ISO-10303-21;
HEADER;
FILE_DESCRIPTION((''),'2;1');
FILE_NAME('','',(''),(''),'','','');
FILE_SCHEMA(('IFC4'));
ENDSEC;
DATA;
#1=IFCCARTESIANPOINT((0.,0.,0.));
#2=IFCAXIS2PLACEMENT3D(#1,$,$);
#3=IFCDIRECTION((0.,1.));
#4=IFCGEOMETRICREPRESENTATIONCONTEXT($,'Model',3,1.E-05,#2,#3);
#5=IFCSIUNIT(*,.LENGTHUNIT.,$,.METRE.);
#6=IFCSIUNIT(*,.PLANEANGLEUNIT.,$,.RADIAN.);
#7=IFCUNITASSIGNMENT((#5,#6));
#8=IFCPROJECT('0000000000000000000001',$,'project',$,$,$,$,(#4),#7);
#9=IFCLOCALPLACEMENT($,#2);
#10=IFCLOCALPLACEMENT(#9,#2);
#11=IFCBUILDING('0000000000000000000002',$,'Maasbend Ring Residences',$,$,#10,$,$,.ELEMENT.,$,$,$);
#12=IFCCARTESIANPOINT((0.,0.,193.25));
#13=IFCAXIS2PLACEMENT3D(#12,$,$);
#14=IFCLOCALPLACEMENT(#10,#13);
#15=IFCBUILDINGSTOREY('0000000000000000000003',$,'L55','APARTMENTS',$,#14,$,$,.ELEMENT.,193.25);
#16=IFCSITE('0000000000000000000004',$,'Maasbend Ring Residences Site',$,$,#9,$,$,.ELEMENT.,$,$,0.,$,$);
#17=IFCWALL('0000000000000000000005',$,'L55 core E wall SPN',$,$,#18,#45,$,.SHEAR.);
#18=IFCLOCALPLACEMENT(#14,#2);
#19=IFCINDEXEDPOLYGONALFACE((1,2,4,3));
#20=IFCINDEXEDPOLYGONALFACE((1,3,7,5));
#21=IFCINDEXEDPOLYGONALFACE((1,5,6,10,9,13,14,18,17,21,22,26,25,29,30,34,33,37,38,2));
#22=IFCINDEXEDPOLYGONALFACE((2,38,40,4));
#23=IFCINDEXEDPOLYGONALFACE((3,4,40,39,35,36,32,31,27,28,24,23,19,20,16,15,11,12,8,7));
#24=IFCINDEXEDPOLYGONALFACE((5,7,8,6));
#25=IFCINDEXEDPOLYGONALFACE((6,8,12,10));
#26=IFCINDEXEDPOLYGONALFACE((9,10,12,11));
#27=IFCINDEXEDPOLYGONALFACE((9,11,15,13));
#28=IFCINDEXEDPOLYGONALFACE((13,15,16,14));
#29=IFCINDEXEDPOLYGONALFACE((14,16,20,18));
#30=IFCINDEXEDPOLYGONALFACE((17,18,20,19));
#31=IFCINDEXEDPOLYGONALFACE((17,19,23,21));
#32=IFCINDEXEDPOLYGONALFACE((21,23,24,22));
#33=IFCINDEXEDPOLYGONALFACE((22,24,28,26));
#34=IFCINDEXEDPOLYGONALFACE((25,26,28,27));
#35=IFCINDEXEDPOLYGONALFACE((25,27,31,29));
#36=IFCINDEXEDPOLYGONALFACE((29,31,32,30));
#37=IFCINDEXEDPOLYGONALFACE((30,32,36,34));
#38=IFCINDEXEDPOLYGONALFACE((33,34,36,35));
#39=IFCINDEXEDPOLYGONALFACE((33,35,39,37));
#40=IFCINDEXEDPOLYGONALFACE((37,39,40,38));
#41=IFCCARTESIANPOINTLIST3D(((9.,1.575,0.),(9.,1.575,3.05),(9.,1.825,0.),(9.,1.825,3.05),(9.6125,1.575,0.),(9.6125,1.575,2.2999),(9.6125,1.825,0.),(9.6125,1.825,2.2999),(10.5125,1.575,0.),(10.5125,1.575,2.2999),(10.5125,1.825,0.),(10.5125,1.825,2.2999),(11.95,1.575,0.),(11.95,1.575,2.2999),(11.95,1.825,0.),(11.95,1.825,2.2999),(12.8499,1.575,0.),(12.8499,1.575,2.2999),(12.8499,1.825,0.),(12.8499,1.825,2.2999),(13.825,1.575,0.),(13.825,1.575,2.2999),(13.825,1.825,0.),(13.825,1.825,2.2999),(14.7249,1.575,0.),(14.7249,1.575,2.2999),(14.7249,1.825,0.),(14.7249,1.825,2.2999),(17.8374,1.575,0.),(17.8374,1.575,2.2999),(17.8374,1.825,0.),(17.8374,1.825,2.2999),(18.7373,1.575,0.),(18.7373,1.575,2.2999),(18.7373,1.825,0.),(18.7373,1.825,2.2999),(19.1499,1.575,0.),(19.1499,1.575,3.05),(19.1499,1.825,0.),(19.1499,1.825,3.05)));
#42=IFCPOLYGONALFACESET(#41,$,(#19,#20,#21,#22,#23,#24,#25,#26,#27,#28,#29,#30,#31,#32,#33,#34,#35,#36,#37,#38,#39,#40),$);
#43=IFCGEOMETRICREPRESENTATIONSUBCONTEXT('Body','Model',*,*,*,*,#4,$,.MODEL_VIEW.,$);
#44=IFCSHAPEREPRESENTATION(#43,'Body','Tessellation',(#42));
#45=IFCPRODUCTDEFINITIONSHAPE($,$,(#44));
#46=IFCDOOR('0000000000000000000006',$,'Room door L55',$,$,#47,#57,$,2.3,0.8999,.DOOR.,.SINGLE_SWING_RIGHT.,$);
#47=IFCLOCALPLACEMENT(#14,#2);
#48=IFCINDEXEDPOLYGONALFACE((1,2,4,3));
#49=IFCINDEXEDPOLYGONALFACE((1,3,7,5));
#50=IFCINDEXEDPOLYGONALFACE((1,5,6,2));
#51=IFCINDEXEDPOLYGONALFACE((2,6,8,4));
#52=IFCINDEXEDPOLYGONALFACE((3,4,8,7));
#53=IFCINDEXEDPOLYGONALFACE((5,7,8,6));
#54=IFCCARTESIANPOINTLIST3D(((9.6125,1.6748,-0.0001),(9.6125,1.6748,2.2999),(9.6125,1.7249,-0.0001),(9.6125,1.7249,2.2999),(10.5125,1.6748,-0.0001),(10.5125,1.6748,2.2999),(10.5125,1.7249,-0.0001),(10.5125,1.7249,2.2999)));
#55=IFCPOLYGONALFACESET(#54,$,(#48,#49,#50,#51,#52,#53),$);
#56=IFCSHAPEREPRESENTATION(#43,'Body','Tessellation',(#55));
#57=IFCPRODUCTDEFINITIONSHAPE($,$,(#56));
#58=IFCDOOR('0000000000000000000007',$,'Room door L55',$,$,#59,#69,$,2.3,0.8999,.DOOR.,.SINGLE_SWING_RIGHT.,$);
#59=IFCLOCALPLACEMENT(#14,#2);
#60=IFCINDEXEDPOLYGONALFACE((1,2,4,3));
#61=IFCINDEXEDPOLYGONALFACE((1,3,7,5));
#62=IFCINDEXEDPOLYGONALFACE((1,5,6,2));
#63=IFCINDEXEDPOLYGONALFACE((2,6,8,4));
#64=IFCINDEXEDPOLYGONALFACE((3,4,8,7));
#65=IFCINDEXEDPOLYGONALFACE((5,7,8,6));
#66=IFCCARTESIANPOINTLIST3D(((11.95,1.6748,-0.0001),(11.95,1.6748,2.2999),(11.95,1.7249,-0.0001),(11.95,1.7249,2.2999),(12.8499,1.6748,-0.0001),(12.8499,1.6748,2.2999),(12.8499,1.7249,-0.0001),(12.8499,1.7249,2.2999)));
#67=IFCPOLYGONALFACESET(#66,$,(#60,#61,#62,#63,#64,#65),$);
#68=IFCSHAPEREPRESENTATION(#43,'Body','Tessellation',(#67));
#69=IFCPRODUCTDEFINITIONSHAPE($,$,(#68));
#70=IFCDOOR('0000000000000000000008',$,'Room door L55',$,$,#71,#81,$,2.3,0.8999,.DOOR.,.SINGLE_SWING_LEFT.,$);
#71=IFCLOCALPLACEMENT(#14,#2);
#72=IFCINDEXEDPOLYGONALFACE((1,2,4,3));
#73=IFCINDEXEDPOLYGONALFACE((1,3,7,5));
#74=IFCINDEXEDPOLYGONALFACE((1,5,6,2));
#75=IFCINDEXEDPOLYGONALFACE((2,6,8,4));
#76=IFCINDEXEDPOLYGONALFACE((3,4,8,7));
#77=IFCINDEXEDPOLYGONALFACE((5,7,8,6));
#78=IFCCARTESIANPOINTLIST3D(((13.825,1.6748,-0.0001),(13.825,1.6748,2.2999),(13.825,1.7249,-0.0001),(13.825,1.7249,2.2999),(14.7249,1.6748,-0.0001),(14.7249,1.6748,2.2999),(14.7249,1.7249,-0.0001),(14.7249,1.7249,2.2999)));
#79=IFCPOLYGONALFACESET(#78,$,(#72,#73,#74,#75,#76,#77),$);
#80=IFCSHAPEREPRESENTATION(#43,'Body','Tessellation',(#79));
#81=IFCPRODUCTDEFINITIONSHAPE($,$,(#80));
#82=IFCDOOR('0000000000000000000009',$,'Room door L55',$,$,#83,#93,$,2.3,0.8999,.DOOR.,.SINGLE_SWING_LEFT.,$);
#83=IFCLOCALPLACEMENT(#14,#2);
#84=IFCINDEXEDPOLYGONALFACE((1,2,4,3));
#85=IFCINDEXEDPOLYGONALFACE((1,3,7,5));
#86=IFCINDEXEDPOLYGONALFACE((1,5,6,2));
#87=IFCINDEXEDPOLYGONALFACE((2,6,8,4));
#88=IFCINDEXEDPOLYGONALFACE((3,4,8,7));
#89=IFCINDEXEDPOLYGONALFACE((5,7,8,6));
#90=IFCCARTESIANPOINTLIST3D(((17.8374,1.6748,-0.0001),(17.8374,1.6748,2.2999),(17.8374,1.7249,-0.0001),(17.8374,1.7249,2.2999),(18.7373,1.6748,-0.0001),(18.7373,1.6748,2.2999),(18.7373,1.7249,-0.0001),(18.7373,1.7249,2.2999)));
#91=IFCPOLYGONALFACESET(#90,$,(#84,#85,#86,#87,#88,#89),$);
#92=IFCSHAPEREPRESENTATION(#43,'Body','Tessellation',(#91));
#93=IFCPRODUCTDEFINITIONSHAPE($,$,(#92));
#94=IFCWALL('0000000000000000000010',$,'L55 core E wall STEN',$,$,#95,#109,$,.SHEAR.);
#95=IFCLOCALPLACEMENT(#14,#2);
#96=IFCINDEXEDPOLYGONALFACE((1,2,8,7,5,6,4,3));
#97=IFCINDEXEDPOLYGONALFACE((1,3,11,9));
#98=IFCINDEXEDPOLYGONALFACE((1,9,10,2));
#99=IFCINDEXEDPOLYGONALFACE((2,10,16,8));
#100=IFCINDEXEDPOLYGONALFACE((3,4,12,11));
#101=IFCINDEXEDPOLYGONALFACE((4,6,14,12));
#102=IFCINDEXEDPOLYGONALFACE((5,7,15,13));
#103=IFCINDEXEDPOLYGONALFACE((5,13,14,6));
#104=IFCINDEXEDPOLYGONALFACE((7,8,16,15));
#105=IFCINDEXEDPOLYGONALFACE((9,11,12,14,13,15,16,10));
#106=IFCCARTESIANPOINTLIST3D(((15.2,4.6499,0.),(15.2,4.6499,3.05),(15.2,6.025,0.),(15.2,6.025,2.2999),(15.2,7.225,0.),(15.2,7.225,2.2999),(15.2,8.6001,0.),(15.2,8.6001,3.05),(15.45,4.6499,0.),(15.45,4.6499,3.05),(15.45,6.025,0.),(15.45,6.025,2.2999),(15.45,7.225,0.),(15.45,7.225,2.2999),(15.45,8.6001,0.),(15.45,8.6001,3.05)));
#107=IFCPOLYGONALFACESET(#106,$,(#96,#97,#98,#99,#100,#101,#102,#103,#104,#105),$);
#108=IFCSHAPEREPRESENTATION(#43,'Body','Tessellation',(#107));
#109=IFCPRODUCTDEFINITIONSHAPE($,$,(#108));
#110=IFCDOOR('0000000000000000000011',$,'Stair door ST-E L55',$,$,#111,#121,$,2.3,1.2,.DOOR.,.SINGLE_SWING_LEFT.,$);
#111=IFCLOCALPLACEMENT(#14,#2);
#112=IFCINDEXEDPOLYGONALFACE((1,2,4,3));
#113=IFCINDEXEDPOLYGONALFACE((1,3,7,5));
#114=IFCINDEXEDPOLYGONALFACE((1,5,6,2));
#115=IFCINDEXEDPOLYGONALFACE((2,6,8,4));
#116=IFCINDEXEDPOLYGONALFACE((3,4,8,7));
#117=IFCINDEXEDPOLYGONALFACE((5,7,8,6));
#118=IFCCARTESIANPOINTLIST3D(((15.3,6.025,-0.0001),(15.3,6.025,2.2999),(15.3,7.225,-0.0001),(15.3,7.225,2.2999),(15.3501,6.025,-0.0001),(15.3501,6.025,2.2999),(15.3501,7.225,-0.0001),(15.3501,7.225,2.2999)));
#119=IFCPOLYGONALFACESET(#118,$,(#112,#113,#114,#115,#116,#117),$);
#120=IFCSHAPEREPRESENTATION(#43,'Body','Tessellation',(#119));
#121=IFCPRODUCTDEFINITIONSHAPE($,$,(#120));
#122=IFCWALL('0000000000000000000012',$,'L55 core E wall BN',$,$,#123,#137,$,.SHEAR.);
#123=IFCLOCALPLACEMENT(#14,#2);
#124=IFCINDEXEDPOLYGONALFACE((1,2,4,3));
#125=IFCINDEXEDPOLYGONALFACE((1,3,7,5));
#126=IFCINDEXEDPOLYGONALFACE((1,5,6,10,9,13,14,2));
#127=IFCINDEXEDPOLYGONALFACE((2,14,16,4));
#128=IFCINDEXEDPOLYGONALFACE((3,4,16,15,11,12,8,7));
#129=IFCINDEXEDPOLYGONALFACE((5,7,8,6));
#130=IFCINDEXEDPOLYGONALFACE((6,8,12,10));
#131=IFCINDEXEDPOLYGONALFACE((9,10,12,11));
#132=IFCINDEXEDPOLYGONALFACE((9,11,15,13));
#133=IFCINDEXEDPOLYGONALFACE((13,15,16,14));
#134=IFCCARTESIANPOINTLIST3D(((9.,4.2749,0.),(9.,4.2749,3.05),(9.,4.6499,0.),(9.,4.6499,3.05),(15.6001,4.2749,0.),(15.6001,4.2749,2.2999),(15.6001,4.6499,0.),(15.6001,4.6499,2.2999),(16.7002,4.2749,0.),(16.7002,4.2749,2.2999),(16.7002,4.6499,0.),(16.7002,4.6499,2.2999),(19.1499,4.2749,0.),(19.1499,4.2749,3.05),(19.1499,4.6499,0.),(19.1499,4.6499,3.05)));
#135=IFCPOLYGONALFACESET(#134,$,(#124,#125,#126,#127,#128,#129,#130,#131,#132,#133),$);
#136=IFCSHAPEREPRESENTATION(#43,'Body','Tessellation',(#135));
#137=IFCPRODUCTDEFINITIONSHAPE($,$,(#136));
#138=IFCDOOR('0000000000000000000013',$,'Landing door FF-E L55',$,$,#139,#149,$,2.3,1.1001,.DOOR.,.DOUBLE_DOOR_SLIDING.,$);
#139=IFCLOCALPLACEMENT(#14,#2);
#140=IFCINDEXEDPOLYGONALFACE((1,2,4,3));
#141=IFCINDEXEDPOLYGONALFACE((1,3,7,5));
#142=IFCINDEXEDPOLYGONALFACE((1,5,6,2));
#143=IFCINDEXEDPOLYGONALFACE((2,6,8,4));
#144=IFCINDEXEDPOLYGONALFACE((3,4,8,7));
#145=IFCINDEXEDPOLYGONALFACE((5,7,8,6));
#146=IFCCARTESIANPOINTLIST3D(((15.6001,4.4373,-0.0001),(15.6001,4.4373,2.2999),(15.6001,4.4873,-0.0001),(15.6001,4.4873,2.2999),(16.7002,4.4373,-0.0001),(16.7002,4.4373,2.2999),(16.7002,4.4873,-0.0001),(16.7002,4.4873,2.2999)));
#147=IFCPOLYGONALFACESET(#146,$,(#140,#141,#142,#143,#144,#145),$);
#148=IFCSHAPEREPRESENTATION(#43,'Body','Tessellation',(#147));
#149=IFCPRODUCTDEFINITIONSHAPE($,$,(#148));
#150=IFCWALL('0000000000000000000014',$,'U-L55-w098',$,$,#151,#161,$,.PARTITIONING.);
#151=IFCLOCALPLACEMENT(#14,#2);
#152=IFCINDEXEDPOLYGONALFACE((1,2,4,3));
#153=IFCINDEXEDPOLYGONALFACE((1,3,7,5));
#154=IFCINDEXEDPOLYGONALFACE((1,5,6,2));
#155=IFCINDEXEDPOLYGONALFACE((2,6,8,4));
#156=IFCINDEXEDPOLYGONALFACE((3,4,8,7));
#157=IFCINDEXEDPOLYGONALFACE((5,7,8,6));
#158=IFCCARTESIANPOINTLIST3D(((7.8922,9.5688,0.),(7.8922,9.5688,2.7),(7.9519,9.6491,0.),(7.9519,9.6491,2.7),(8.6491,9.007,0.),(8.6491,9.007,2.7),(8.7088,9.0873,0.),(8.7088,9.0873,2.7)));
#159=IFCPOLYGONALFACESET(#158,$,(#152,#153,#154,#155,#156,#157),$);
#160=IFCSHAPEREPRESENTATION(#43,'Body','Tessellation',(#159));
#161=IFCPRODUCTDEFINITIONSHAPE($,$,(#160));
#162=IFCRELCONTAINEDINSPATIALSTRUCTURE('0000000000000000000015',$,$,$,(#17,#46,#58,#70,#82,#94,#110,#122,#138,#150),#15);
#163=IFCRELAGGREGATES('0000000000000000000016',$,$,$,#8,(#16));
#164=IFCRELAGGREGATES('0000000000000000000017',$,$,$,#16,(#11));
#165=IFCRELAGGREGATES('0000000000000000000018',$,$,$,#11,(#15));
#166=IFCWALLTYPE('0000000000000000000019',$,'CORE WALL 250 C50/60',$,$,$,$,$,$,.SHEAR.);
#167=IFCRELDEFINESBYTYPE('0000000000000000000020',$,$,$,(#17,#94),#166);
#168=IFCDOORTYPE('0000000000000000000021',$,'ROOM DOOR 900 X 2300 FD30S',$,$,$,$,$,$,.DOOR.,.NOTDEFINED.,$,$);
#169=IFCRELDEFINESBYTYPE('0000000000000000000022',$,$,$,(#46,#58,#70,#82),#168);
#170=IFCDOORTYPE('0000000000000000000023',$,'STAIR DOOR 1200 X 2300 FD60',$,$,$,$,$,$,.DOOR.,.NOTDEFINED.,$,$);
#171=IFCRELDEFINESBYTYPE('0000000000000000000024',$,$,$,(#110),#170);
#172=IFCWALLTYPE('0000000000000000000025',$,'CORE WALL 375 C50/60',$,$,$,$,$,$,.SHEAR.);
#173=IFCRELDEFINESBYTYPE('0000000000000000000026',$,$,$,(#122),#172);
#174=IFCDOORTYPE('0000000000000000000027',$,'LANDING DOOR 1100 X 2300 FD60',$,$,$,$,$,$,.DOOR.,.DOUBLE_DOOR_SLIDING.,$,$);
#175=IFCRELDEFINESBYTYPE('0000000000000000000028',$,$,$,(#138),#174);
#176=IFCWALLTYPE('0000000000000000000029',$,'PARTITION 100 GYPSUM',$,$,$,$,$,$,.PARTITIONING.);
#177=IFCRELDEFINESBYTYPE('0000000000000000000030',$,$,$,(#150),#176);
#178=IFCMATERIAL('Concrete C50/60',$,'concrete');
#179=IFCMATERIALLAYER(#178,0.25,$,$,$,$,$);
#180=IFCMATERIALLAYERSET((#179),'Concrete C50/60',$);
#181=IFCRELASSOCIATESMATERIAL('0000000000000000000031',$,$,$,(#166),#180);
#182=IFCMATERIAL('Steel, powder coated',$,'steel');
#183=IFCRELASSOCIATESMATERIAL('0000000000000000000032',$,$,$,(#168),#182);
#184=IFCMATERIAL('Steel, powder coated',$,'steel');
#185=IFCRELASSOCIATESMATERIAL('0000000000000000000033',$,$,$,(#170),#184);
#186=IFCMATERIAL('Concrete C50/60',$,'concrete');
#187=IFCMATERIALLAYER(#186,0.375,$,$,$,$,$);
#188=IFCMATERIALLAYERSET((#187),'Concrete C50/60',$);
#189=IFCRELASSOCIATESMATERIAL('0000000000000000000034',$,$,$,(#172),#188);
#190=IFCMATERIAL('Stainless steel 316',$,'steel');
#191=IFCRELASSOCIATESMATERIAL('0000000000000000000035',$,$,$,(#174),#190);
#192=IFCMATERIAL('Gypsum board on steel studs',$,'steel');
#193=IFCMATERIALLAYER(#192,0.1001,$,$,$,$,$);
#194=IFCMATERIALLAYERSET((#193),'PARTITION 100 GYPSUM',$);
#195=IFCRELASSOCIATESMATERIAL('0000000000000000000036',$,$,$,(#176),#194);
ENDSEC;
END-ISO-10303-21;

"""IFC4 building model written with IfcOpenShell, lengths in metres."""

from ifc_helpers import new_model, si_unit, direction, frame, frame_2d, origin, place, context, subcontext, project, spatial, rectangle, extrude, material, layer, layer_set, type_object, element, fill, save


model = new_model("IFC4")

# Units and contexts
model_context = context("Model", 3, precision=1e-05, world=origin(), true_north=direction((0.0, 1.0)))
body_context = subcontext(model_context, "Body", "Model", "MODEL_VIEW")
ifc_project = project(units=[si_unit("LENGTHUNIT", "METRE"), si_unit("PLANEANGLEUNIT", "RADIAN")], contexts=[model_context])

# Site, building, storey
site_placement = place(None, origin())
site = spatial("IfcSite", under=ifc_project, at=site_placement, Name="Maasbend Ring Residences Site", CompositionType="ELEMENT", RefElevation=0.0)
building_placement = place(site_placement, origin())
building = spatial("IfcBuilding", under=site, at=building_placement, Name="Maasbend Ring Residences", CompositionType="ELEMENT")
storey_placement = place(building_placement, frame((0.0, 0.0, 193.25)))
storey = spatial("IfcBuildingStorey", under=building, at=storey_placement, Name="L55", Description="APARTMENTS", CompositionType="ELEMENT", Elevation=193.25)

# Wall, openings, doors
ifc_material_1 = material(Name="Concrete C50/60", Category="concrete")
ifc_layer_1 = layer(ifc_material_1, 0.25)
ifc_layer_set_1 = layer_set([ifc_layer_1], Name="Concrete C50/60")
wall_type_1 = type_object("IfcWallType", Name="CORE WALL 250 C50/60", PredefinedType="SHEAR", material=ifc_layer_set_1)
wall_1_placement = place(storey_placement, frame((9.0, 1.7, 0.0), z_axis=(0.0, 0.0, 1.0), x_axis=(1.0, 0.0, 0.0)))
wall_1 = element("IfcWall", 1, at=wall_1_placement, inside=storey, type_object=wall_type_1, Name="L55 core E wall SPN", PredefinedType="SHEAR", context=body_context, shape_type="SweptSolid", body=[
    extrude(rectangle(XDim=10.1499, YDim=0.25, at=frame_2d((5.075, 0.0))), origin(), (0.0, 0.0, 1.0), 3.05),
])
opening_1_placement = place(wall_1_placement, frame((0.6125, 0.0, 0.0)))
opening_1 = element("IfcOpeningElement", 2, at=opening_1_placement, cuts=wall_1, PredefinedType="OPENING", context=body_context, shape_type="SweptSolid", body=[
    extrude(rectangle(XDim=0.8999, YDim=2.3, at=frame_2d((0.45, 1.1499))), frame((0.0, 0.135, 0.0), z_axis=(0.0, -1.0, 0.0), x_axis=(1.0, 0.0, 0.0)), (0.0, 0.0, 1.0), 0.27),
])
opening_2_placement = place(wall_1_placement, frame((2.95, 0.0, 0.0)))
opening_2 = element("IfcOpeningElement", 3, at=opening_2_placement, cuts=wall_1, PredefinedType="OPENING", context=body_context, shape_type="SweptSolid", body=[
    extrude(rectangle(XDim=0.8999, YDim=2.3, at=frame_2d((0.45, 1.1499))), frame((0.0, 0.135, 0.0), z_axis=(0.0, -1.0, 0.0), x_axis=(1.0, 0.0, 0.0)), (0.0, 0.0, 1.0), 0.27),
])
opening_3_placement = place(wall_1_placement, frame((4.825, 0.0, 0.0)))
opening_3 = element("IfcOpeningElement", 4, at=opening_3_placement, cuts=wall_1, PredefinedType="OPENING", context=body_context, shape_type="SweptSolid", body=[
    extrude(rectangle(XDim=0.8999, YDim=2.3, at=frame_2d((0.45, 1.1499))), frame((0.0, 0.135, 0.0), z_axis=(0.0, -1.0, 0.0), x_axis=(1.0, 0.0, 0.0)), (0.0, 0.0, 1.0), 0.27),
])
opening_4_placement = place(wall_1_placement, frame((8.8374, 0.0, 0.0)))
opening_4 = element("IfcOpeningElement", 5, at=opening_4_placement, cuts=wall_1, PredefinedType="OPENING", context=body_context, shape_type="SweptSolid", body=[
    extrude(rectangle(XDim=0.8999, YDim=2.3, at=frame_2d((0.45, 1.1499))), frame((0.0, 0.135, 0.0), z_axis=(0.0, -1.0, 0.0), x_axis=(1.0, 0.0, 0.0)), (0.0, 0.0, 1.0), 0.27),
])
ifc_material_2 = material(Name="Steel, powder coated", Category="steel")
door_type_1 = type_object("IfcDoorType", Name="ROOM DOOR 900 X 2300 FD30S", OperationType="NOTDEFINED", PredefinedType="DOOR", material=ifc_material_2)
door_1_placement = place(opening_1_placement, origin())
door_1 = element("IfcDoor", 6, at=door_1_placement, inside=storey, type_object=door_type_1, Name="Room door L55", OperationType="SINGLE_SWING_RIGHT", OverallHeight=2.3, OverallWidth=0.8999, PredefinedType="DOOR", context=body_context, shape_type="SweptSolid", body=[
    extrude(rectangle(XDim=0.8999, YDim=2.3, at=frame_2d((0.45, 1.1499))), frame((0.0, 0.0249, 0.0), z_axis=(0.0, -1.0, 0.0), x_axis=(1.0, 0.0, 0.0)), (0.0, 0.0, 1.0), 0.05),
])
fill(opening_1, door_1)
door_2_placement = place(opening_2_placement, origin())
door_2 = element("IfcDoor", 7, at=door_2_placement, inside=storey, type_object=door_type_1, Name="Room door L55", OperationType="SINGLE_SWING_RIGHT", OverallHeight=2.3, OverallWidth=0.8999, PredefinedType="DOOR", context=body_context, shape_type="SweptSolid", body=[
    extrude(rectangle(XDim=0.8999, YDim=2.3, at=frame_2d((0.45, 1.1499))), frame((0.0, 0.0249, 0.0), z_axis=(0.0, -1.0, 0.0), x_axis=(1.0, 0.0, 0.0)), (0.0, 0.0, 1.0), 0.05),
])
fill(opening_2, door_2)
door_3_placement = place(opening_3_placement, origin())
door_3 = element("IfcDoor", 8, at=door_3_placement, inside=storey, type_object=door_type_1, Name="Room door L55", OperationType="SINGLE_SWING_LEFT", OverallHeight=2.3, OverallWidth=0.8999, PredefinedType="DOOR", context=body_context, shape_type="SweptSolid", body=[
    extrude(rectangle(XDim=0.8999, YDim=2.3, at=frame_2d((0.45, 1.1499))), frame((0.0, 0.0249, 0.0), z_axis=(0.0, -1.0, 0.0), x_axis=(1.0, 0.0, 0.0)), (0.0, 0.0, 1.0), 0.05),
])
fill(opening_3, door_3)
door_4_placement = place(opening_4_placement, origin())
door_4 = element("IfcDoor", 9, at=door_4_placement, inside=storey, type_object=door_type_1, Name="Room door L55", OperationType="SINGLE_SWING_LEFT", OverallHeight=2.3, OverallWidth=0.8999, PredefinedType="DOOR", context=body_context, shape_type="SweptSolid", body=[
    extrude(rectangle(XDim=0.8999, YDim=2.3, at=frame_2d((0.45, 1.1499))), frame((0.0, 0.0249, 0.0), z_axis=(0.0, -1.0, 0.0), x_axis=(1.0, 0.0, 0.0)), (0.0, 0.0, 1.0), 0.05),
])
fill(opening_4, door_4)

# Walls, openings, doors
wall_2_placement = place(storey_placement, frame((15.325, 4.6499, 0.0), z_axis=(0.0, 0.0, 1.0), x_axis=(0.0, 1.0, 0.0)))
wall_2 = element("IfcWall", 10, at=wall_2_placement, inside=storey, type_object=wall_type_1, Name="L55 core E wall STEN", PredefinedType="SHEAR", context=body_context, shape_type="SweptSolid", body=[
    extrude(rectangle(XDim=3.9502, YDim=0.25, at=frame_2d((1.9751, 0.0))), origin(), (0.0, 0.0, 1.0), 3.05),
])
opening_5_placement = place(wall_2_placement, frame((1.375, 0.0, 0.0)))
opening_5 = element("IfcOpeningElement", 11, at=opening_5_placement, cuts=wall_2, PredefinedType="OPENING", context=body_context, shape_type="SweptSolid", body=[
    extrude(rectangle(XDim=1.2, YDim=2.3, at=frame_2d((0.6001, 1.1499))), frame((0.0, 0.135, 0.0), z_axis=(0.0, -1.0, 0.0), x_axis=(1.0, 0.0, 0.0)), (0.0, 0.0, 1.0), 0.27),
])
ifc_material_3 = material(Name="Steel, powder coated", Category="steel")
door_type_2 = type_object("IfcDoorType", Name="STAIR DOOR 1200 X 2300 FD60", OperationType="NOTDEFINED", PredefinedType="DOOR", material=ifc_material_3)
door_5_placement = place(opening_5_placement, origin())
door_5 = element("IfcDoor", 12, at=door_5_placement, inside=storey, type_object=door_type_2, Name="Stair door ST-E L55", OperationType="SINGLE_SWING_LEFT", OverallHeight=2.3, OverallWidth=1.2, PredefinedType="DOOR", context=body_context, shape_type="SweptSolid", body=[
    extrude(rectangle(XDim=1.2, YDim=2.3, at=frame_2d((0.6001, 1.1499))), frame((0.0, 0.0249, 0.0), z_axis=(0.0, -1.0, 0.0), x_axis=(1.0, 0.0, 0.0)), (0.0, 0.0, 1.0), 0.05),
])
fill(opening_5, door_5)
ifc_material_4 = material(Name="Concrete C50/60", Category="concrete")
ifc_layer_2 = layer(ifc_material_4, 0.375)
ifc_layer_set_2 = layer_set([ifc_layer_2], Name="Concrete C50/60")
wall_type_2 = type_object("IfcWallType", Name="CORE WALL 375 C50/60", PredefinedType="SHEAR", material=ifc_layer_set_2)
wall_3_placement = place(storey_placement, frame((9.0, 4.4624, 0.0), z_axis=(0.0, 0.0, 1.0), x_axis=(1.0, 0.0, 0.0)))
wall_3 = element("IfcWall", 13, at=wall_3_placement, inside=storey, type_object=wall_type_2, Name="L55 core E wall BN", PredefinedType="SHEAR", context=body_context, shape_type="SweptSolid", body=[
    extrude(rectangle(XDim=10.1499, YDim=0.375, at=frame_2d((5.075, 0.0))), origin(), (0.0, 0.0, 1.0), 3.05),
])
opening_6_placement = place(wall_3_placement, frame((6.6001, 0.0, 0.0)))
opening_6 = element("IfcOpeningElement", 14, at=opening_6_placement, cuts=wall_3, PredefinedType="OPENING", context=body_context, shape_type="SweptSolid", body=[
    extrude(rectangle(XDim=1.1001, YDim=2.3, at=frame_2d((0.55, 1.1499))), frame((0.0, 0.1975, 0.0), z_axis=(0.0, -1.0, 0.0), x_axis=(1.0, 0.0, 0.0)), (0.0, 0.0, 1.0), 0.395),
])
ifc_material_5 = material(Name="Stainless steel 316", Category="steel")
door_type_3 = type_object("IfcDoorType", Name="LANDING DOOR 1100 X 2300 FD60", OperationType="DOUBLE_DOOR_SLIDING", PredefinedType="DOOR", material=ifc_material_5)
door_6_placement = place(opening_6_placement, origin())
door_6 = element("IfcDoor", 15, at=door_6_placement, inside=storey, type_object=door_type_3, Name="Landing door FF-E L55", OperationType="DOUBLE_DOOR_SLIDING", OverallHeight=2.3, OverallWidth=1.1001, PredefinedType="DOOR", context=body_context, shape_type="SweptSolid", body=[
    extrude(rectangle(XDim=1.1001, YDim=2.3, at=frame_2d((0.55, 1.1499))), frame((0.0, 0.0249, 0.0), z_axis=(0.0, -1.0, 0.0), x_axis=(1.0, 0.0, 0.0)), (0.0, 0.0, 1.0), 0.05),
])
fill(opening_6, door_6)

# Wall
ifc_material_6 = material(Name="Gypsum board on steel studs", Category="steel")
ifc_layer_3 = layer(ifc_material_6, 0.1001)
ifc_layer_set_3 = layer_set([ifc_layer_3], Name="PARTITION 100 GYPSUM")
wall_type_3 = type_object("IfcWallType", Name="PARTITION 100 GYPSUM", PredefinedType="PARTITIONING", material=ifc_layer_set_3)
wall_4_placement = place(storey_placement, frame((7.9221, 9.6089, 0.0), z_axis=(0.0, 0.0, 1.0), x_axis=(0.802974, -0.596014, 0.0)))
element("IfcWall", 16, at=wall_4_placement, inside=storey, type_object=wall_type_3, Name="U-L55-w098", PredefinedType="PARTITIONING", context=body_context, shape_type="SweptSolid", body=[
    extrude(rectangle(XDim=0.9426, YDim=0.1001, at=frame_2d((0.4712, 0.0))), origin(), (0.0, 0.0, 1.0), 2.7),
])

save(model, "model.ifc")
